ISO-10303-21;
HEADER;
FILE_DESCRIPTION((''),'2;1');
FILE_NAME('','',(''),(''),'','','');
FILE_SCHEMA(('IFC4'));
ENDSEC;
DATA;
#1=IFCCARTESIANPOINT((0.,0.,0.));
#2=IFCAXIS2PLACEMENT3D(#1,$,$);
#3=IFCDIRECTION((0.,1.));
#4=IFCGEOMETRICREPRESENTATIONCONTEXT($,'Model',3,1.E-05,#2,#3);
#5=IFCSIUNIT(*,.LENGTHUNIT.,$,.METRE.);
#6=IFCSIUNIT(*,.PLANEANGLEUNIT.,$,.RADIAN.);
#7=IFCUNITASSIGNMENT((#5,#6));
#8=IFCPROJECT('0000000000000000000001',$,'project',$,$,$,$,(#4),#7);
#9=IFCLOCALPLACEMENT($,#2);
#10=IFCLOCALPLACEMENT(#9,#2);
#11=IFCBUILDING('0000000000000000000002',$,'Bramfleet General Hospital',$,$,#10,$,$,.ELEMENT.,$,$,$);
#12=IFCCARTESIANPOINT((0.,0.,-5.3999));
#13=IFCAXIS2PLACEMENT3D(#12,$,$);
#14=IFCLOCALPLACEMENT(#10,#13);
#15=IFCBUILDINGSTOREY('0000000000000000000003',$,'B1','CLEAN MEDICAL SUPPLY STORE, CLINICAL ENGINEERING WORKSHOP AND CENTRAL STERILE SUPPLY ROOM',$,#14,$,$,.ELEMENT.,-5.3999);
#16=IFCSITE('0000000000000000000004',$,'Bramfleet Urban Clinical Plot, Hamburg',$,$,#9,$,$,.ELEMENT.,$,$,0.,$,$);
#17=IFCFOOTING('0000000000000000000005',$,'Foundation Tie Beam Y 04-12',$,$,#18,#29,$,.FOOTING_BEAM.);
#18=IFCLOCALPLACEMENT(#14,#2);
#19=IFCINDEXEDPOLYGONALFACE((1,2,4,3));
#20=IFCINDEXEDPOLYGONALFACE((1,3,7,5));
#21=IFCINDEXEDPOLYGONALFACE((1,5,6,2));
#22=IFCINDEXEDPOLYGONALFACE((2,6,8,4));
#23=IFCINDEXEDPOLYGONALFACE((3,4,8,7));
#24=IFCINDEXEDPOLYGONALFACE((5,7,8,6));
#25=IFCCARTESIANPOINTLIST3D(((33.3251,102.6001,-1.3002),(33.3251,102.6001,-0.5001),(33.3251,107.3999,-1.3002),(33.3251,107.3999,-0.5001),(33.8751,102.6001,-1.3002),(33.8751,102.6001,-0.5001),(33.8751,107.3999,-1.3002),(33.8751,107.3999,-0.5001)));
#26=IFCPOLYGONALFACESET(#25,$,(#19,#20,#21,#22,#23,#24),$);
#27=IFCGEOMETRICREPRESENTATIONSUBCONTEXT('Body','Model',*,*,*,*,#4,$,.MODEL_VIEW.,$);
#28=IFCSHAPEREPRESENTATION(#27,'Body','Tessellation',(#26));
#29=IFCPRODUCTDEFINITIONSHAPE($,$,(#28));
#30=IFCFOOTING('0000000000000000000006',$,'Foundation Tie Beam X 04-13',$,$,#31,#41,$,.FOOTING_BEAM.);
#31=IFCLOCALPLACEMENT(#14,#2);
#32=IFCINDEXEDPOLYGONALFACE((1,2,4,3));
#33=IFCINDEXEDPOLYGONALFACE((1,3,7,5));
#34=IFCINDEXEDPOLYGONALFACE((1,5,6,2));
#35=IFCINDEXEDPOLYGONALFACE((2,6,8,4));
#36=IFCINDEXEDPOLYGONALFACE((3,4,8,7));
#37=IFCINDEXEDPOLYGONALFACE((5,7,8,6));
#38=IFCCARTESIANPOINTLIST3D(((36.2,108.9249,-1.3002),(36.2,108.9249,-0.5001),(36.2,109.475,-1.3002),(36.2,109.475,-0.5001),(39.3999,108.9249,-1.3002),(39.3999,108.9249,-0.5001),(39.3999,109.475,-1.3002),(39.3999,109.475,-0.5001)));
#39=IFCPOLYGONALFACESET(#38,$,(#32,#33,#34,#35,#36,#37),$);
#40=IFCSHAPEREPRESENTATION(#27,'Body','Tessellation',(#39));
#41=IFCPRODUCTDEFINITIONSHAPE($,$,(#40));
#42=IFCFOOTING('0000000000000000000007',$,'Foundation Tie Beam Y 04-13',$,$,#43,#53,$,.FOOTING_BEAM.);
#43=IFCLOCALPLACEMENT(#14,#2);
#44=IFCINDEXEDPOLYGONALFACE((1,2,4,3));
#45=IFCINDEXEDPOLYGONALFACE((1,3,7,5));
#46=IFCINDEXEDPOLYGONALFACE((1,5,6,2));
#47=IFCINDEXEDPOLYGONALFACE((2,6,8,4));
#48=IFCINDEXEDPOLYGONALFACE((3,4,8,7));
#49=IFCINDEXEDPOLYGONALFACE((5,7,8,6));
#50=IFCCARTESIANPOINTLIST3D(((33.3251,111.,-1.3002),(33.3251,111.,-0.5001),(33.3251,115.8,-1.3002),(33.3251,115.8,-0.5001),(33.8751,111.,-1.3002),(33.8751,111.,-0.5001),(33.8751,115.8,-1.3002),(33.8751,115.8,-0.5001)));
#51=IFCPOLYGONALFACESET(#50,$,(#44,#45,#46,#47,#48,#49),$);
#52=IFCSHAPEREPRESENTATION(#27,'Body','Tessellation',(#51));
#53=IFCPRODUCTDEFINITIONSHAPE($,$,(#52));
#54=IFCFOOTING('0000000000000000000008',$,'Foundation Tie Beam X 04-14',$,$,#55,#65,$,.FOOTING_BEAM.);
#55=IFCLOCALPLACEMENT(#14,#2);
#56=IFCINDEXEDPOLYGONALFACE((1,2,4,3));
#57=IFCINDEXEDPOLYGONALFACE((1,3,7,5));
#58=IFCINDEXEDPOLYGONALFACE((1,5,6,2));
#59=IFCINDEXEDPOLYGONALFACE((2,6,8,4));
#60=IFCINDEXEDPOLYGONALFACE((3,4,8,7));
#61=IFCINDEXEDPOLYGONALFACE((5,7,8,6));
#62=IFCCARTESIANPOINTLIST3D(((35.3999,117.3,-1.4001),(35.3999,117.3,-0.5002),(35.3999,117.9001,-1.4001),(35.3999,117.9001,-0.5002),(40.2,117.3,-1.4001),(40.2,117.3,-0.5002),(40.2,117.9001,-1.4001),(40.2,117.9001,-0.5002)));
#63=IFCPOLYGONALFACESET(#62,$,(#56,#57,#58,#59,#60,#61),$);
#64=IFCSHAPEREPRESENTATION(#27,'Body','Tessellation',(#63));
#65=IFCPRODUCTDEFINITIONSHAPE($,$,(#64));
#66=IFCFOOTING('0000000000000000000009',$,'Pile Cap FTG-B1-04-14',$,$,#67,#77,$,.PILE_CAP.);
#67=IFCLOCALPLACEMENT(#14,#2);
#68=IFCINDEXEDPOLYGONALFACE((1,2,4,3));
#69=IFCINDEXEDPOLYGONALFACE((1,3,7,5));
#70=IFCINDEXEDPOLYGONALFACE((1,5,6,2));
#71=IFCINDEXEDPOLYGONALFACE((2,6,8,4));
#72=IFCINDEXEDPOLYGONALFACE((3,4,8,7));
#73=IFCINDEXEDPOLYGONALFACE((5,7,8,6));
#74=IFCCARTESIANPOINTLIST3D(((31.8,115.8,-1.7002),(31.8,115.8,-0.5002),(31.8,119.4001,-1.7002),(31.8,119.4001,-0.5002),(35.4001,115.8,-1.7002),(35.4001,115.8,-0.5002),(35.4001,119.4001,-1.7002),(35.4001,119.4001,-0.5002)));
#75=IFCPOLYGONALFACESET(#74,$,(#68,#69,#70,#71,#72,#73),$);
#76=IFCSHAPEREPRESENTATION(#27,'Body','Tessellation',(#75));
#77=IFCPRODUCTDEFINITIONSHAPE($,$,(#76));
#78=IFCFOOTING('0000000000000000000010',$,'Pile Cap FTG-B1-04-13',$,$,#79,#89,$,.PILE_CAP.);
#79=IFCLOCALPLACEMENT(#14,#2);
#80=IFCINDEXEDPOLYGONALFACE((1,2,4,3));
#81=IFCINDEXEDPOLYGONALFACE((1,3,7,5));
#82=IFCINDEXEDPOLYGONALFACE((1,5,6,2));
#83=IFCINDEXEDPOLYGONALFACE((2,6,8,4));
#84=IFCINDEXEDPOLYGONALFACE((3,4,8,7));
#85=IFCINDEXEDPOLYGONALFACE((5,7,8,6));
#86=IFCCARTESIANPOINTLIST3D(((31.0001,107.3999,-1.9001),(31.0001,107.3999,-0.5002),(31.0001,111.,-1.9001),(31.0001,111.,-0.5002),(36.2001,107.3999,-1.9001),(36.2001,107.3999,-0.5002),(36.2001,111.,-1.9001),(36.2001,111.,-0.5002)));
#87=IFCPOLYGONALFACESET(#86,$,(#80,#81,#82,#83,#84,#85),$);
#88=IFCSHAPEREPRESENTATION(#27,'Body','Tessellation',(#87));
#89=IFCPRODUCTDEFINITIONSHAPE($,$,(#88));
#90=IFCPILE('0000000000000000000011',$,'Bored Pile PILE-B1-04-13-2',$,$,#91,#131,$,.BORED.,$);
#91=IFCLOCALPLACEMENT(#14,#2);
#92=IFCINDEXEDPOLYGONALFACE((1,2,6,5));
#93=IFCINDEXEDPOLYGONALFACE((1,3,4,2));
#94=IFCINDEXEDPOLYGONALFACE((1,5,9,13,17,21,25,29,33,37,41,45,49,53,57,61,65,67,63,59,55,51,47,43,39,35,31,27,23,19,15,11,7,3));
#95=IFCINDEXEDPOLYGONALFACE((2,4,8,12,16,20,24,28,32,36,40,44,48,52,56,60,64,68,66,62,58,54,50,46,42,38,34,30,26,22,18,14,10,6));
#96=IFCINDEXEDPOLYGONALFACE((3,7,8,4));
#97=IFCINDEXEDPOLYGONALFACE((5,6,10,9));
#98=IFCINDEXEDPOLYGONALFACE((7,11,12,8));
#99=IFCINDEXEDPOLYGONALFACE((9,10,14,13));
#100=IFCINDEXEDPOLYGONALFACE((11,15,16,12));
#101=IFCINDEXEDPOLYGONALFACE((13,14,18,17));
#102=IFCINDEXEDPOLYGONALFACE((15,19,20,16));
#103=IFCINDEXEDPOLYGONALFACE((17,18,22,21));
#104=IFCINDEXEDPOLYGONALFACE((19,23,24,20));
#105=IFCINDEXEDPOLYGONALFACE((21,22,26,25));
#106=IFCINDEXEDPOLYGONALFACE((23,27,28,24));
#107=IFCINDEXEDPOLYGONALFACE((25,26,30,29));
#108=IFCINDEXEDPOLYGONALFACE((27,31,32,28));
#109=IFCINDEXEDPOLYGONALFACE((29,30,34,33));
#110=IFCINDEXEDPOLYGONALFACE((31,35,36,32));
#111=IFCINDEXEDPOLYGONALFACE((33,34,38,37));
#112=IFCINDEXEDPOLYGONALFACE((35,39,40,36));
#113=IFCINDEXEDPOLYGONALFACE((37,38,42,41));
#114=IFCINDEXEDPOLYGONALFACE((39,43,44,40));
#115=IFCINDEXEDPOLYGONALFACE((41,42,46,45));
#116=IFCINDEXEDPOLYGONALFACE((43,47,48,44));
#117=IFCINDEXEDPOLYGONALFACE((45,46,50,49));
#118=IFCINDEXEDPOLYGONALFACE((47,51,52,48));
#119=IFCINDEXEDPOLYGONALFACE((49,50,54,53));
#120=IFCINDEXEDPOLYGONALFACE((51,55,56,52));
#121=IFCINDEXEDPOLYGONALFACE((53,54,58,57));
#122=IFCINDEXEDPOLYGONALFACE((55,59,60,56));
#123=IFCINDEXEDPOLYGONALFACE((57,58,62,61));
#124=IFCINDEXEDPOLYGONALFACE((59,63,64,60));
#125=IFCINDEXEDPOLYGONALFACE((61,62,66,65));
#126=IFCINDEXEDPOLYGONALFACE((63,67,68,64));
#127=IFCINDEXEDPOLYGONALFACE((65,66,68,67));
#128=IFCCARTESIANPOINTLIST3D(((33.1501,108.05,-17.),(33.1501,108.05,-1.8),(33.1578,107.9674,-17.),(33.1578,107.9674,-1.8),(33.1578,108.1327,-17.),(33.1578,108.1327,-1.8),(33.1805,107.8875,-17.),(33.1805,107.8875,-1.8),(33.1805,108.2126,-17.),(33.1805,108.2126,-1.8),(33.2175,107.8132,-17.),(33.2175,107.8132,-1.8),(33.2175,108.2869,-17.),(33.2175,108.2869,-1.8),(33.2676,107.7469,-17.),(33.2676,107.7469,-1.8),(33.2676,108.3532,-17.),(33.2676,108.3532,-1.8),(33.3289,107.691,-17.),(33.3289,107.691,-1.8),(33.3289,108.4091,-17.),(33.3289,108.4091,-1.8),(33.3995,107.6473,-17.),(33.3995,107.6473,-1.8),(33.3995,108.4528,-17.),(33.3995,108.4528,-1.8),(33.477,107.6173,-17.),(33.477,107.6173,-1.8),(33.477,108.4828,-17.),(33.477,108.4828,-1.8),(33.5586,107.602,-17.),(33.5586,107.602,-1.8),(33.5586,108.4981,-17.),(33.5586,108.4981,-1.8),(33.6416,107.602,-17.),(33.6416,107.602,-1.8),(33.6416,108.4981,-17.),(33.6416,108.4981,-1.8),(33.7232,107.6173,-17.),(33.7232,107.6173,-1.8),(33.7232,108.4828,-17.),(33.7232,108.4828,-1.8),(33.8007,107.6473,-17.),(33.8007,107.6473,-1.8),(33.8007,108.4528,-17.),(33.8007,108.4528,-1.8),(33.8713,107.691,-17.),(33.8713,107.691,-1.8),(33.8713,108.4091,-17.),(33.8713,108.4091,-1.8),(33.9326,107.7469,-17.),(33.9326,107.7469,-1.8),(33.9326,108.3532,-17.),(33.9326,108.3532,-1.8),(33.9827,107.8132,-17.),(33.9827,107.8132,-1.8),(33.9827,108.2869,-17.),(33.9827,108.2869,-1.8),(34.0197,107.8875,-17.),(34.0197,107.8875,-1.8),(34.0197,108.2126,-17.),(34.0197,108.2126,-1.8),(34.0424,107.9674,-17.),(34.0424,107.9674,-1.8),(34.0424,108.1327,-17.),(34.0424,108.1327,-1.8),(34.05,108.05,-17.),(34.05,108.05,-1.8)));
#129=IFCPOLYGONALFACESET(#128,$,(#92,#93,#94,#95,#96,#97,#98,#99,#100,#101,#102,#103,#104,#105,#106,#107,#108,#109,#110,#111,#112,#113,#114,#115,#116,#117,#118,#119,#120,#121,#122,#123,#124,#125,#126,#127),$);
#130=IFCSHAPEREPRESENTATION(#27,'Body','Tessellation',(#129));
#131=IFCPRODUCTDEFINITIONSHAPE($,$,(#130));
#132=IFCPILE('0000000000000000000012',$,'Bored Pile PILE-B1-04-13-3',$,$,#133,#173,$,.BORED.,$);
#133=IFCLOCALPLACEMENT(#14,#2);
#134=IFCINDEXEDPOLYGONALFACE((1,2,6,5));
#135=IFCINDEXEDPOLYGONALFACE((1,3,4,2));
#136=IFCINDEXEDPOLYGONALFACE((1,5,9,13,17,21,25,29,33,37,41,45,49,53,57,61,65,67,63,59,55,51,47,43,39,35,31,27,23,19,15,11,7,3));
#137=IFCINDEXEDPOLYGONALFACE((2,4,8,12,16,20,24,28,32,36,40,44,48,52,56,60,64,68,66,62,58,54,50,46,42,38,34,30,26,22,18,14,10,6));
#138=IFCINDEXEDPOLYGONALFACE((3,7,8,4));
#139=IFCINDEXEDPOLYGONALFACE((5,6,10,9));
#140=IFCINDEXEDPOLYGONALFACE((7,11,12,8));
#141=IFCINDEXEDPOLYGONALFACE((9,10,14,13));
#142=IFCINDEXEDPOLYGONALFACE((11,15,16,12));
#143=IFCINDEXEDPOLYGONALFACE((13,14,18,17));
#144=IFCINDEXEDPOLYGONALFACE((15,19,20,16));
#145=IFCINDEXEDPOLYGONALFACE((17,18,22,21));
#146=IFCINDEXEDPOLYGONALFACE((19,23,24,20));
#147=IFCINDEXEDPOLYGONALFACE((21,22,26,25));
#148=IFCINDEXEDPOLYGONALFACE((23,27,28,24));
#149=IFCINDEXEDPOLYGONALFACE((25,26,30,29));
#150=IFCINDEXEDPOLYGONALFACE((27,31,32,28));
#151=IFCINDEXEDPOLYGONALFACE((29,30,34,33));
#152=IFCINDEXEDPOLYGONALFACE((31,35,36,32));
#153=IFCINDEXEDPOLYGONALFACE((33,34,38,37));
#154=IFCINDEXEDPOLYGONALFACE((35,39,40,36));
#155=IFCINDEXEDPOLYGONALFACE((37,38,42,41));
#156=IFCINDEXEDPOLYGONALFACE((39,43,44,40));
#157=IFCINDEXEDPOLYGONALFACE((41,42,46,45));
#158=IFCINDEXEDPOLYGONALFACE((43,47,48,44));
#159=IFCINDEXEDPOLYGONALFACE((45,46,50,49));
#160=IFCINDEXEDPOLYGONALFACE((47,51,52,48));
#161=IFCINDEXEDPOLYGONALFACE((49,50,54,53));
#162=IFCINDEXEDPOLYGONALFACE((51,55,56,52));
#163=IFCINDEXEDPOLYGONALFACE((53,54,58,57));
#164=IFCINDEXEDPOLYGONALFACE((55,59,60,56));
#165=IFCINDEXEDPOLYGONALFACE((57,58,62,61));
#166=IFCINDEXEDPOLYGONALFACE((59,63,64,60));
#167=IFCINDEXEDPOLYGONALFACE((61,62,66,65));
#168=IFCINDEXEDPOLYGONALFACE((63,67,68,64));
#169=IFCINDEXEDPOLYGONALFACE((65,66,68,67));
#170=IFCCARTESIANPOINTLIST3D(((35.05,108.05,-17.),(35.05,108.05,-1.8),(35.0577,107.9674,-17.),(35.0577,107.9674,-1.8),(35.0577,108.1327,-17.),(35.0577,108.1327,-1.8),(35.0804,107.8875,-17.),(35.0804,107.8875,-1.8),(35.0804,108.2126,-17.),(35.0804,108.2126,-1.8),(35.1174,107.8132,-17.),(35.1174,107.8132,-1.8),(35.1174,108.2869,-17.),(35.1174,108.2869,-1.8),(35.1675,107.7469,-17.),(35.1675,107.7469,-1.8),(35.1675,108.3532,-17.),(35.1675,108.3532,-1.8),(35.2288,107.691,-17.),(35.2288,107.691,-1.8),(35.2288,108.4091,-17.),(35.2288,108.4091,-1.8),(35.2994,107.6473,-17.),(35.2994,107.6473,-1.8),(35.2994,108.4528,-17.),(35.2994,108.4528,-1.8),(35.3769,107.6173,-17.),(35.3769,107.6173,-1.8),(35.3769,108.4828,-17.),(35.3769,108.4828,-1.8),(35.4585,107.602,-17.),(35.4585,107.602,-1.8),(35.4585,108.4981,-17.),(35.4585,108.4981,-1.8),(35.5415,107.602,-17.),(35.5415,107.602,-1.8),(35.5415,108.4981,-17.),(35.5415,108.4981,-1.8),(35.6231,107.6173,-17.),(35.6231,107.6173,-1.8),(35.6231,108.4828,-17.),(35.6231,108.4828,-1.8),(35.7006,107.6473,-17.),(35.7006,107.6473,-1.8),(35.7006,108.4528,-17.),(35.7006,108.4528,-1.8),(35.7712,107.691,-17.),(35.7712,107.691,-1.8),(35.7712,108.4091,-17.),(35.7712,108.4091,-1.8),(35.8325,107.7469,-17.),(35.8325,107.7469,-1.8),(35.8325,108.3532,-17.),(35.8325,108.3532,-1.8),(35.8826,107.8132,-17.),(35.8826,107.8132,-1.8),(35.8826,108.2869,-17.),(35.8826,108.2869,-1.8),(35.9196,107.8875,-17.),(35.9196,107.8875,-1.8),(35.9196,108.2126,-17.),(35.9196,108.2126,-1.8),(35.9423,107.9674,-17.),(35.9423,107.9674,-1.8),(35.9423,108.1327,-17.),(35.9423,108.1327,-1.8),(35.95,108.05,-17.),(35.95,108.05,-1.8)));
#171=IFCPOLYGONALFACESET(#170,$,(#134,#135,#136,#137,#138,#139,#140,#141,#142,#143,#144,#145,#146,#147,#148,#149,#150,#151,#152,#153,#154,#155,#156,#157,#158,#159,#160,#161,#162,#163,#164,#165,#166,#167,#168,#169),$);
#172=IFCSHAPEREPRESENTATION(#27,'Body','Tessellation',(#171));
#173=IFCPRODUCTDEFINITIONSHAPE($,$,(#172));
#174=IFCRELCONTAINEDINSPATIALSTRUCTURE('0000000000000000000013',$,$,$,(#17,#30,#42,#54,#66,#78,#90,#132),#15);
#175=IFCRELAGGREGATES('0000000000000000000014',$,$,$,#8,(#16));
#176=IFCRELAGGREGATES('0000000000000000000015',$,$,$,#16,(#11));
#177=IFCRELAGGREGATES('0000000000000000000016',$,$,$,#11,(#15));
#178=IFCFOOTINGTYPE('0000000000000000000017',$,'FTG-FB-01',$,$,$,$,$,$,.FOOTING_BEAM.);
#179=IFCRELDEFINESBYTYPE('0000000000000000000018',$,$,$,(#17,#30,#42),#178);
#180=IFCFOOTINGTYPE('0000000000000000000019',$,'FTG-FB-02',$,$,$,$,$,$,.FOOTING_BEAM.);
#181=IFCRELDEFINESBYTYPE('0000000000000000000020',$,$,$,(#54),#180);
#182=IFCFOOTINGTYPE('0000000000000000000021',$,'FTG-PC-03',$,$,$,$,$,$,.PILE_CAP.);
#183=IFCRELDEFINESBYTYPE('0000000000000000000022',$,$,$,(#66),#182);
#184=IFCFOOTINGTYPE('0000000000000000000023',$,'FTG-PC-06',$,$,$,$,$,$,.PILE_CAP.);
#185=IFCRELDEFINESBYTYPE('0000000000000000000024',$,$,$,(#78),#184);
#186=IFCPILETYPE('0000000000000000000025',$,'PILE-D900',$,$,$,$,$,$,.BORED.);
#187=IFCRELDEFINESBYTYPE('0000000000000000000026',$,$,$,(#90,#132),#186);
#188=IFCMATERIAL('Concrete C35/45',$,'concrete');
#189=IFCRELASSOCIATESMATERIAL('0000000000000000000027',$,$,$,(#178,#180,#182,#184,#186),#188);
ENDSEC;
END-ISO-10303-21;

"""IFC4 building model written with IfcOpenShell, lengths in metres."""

from ifc_helpers import new_model, si_unit, direction, frame, origin, origin_2d, place, context, subcontext, project, spatial, rectangle, circle, extrude, material, material_profile, profile_set, type_object, element, save


model = new_model("IFC4")

# Units and contexts
model_context = context("Model", 3, precision=1e-05, world=origin(), true_north=direction((0.0, 1.0)))
body_context = subcontext(model_context, "Body", "Model", "MODEL_VIEW")
ifc_project = project(units=[si_unit("LENGTHUNIT", "METRE"), si_unit("PLANEANGLEUNIT", "RADIAN")], contexts=[model_context])

# Site, building, storey
site_placement = place(None, origin())
site = spatial("IfcSite", under=ifc_project, at=site_placement, Name="Bramfleet Urban Clinical Plot, Hamburg", CompositionType="ELEMENT", RefElevation=0.0)
building_placement = place(site_placement, origin())
building = spatial("IfcBuilding", under=site, at=building_placement, Name="Bramfleet General Hospital", CompositionType="ELEMENT")
storey_placement = place(building_placement, frame((0.0, 0.0, -5.3999)))
storey = spatial("IfcBuildingStorey", under=building, at=storey_placement, Name="B1", Description="CLEAN MEDICAL SUPPLY STORE, CLINICAL ENGINEERING WORKSHOP AND CENTRAL STERILE SUPPLY ROOM", CompositionType="ELEMENT", Elevation=-5.3999)

# Footings
ifc_material_1 = material(Name="Concrete C35/45", Category="concrete")
ifc_material_profile_1 = material_profile(ifc_material_1, rectangle(XDim=0.55, YDim=0.8, at=origin_2d()), Name="RC FB 800x550")
ifc_profile_set_1 = profile_set([ifc_material_profile_1], Name="Concrete C35/45")
footing_type_1 = type_object("IfcFootingType", Name="FTG-FB-01", PredefinedType="FOOTING_BEAM", material=ifc_profile_set_1)
footing_1_placement = place(storey_placement, frame((33.6001, 102.6001, -0.9001), z_axis=(0.0, 1.0, 0.0), x_axis=(-1.0, 0.0, 0.0)))
element("IfcFooting", 1, at=footing_1_placement, inside=storey, type_object=footing_type_1, Name="Foundation Tie Beam Y 04-12", PredefinedType="FOOTING_BEAM", context=body_context, shape_type="SweptSolid", body=[
    extrude(rectangle(XDim=0.55, YDim=0.8, at=origin_2d()), origin(), (0.0, 0.0, 1.0), 4.7998),
])
footing_2_placement = place(storey_placement, frame((36.2, 109.2, -0.9001), z_axis=(1.0, 0.0, 0.0), x_axis=(0.0, 1.0, 0.0)))
element("IfcFooting", 2, at=footing_2_placement, inside=storey, type_object=footing_type_1, Name="Foundation Tie Beam X 04-13", PredefinedType="FOOTING_BEAM", context=body_context, shape_type="SweptSolid", body=[
    extrude(rectangle(XDim=0.55, YDim=0.8, at=origin_2d()), origin(), (0.0, 0.0, 1.0), 3.2),
])
footing_3_placement = place(storey_placement, frame((33.6001, 111.0, -0.9001), z_axis=(0.0, 1.0, 0.0), x_axis=(-1.0, 0.0, 0.0)))
element("IfcFooting", 3, at=footing_3_placement, inside=storey, type_object=footing_type_1, Name="Foundation Tie Beam Y 04-13", PredefinedType="FOOTING_BEAM", context=body_context, shape_type="SweptSolid", body=[
    extrude(rectangle(XDim=0.55, YDim=0.8, at=origin_2d()), origin(), (0.0, 0.0, 1.0), 4.8),
])
ifc_material_profile_2 = material_profile(ifc_material_1, rectangle(XDim=0.6001, YDim=0.8999, at=origin_2d()), Name="RC FB 900x600")
ifc_profile_set_2 = profile_set([ifc_material_profile_2], Name="Concrete C35/45")
footing_type_2 = type_object("IfcFootingType", Name="FTG-FB-02", PredefinedType="FOOTING_BEAM", material=ifc_profile_set_2)
footing_4_placement = place(storey_placement, frame((35.3999, 117.6001, -0.9502), z_axis=(1.0, 0.0, 0.0), x_axis=(0.0, 1.0, 0.0)))
element("IfcFooting", 4, at=footing_4_placement, inside=storey, type_object=footing_type_2, Name="Foundation Tie Beam X 04-14", PredefinedType="FOOTING_BEAM", context=body_context, shape_type="SweptSolid", body=[
    extrude(rectangle(XDim=0.6001, YDim=0.8999, at=origin_2d()), origin(), (0.0, 0.0, 1.0), 4.8),
])
footing_type_3 = type_object("IfcFootingType", Name="FTG-PC-03", PredefinedType="PILE_CAP", material=ifc_material_1)
footing_5_placement = place(storey_placement, frame((33.6001, 117.6001, -1.7002), z_axis=(0.0, 0.0, 1.0), x_axis=(1.0, 0.0, 0.0)))
element("IfcFooting", 5, at=footing_5_placement, inside=storey, type_object=footing_type_3, Name="Pile Cap FTG-B1-04-14", PredefinedType="PILE_CAP", context=body_context, shape_type="SweptSolid", body=[
    extrude(rectangle(XDim=3.6001, YDim=3.6001, at=origin_2d()), origin(), (0.0, 0.0, 1.0), 1.2),
])
footing_type_4 = type_object("IfcFootingType", Name="FTG-PC-06", PredefinedType="PILE_CAP", material=ifc_material_1)
footing_6_placement = place(storey_placement, frame((33.6001, 109.2, -1.9001), z_axis=(0.0, 0.0, 1.0), x_axis=(1.0, 0.0, 0.0)))
element("IfcFooting", 6, at=footing_6_placement, inside=storey, type_object=footing_type_4, Name="Pile Cap FTG-B1-04-13", PredefinedType="PILE_CAP", context=body_context, shape_type="SweptSolid", body=[
    extrude(rectangle(XDim=5.2, YDim=3.6001, at=origin_2d()), origin(), (0.0, 0.0, 1.0), 1.3999),
])

# Piles
ifc_material_profile_3 = material_profile(ifc_material_1, circle(Radius=0.45, at=origin_2d()), Name="PILE BORED D900")
ifc_profile_set_3 = profile_set([ifc_material_profile_3], Name="Concrete C35/45")
pile_type = type_object("IfcPileType", Name="PILE-D900", PredefinedType="BORED", material=ifc_profile_set_3)
for number, where, z_axis, x_axis, name in (
    (7, (33.6001, 108.05, -1.8), (0.0, 0.0, -1.0), (1.0, 0.0, 0.0), "Bored Pile PILE-B1-04-13-2"),
    (8, (35.5, 108.05, -1.8), (0.0, 0.0, -1.0), (1.0, 0.0, 0.0), "Bored Pile PILE-B1-04-13-3"),
):
    element("IfcPile", number, at=place(storey_placement, frame(where, z_axis=z_axis, x_axis=x_axis)), inside=storey, type_object=pile_type, Name=name, PredefinedType="BORED", context=body_context, shape_type="SweptSolid", body=[
        extrude(circle(Radius=0.45, at=origin_2d()), origin(), (0.0, 0.0, 1.0), 15.2),
    ])

save(model, "model.ifc")
